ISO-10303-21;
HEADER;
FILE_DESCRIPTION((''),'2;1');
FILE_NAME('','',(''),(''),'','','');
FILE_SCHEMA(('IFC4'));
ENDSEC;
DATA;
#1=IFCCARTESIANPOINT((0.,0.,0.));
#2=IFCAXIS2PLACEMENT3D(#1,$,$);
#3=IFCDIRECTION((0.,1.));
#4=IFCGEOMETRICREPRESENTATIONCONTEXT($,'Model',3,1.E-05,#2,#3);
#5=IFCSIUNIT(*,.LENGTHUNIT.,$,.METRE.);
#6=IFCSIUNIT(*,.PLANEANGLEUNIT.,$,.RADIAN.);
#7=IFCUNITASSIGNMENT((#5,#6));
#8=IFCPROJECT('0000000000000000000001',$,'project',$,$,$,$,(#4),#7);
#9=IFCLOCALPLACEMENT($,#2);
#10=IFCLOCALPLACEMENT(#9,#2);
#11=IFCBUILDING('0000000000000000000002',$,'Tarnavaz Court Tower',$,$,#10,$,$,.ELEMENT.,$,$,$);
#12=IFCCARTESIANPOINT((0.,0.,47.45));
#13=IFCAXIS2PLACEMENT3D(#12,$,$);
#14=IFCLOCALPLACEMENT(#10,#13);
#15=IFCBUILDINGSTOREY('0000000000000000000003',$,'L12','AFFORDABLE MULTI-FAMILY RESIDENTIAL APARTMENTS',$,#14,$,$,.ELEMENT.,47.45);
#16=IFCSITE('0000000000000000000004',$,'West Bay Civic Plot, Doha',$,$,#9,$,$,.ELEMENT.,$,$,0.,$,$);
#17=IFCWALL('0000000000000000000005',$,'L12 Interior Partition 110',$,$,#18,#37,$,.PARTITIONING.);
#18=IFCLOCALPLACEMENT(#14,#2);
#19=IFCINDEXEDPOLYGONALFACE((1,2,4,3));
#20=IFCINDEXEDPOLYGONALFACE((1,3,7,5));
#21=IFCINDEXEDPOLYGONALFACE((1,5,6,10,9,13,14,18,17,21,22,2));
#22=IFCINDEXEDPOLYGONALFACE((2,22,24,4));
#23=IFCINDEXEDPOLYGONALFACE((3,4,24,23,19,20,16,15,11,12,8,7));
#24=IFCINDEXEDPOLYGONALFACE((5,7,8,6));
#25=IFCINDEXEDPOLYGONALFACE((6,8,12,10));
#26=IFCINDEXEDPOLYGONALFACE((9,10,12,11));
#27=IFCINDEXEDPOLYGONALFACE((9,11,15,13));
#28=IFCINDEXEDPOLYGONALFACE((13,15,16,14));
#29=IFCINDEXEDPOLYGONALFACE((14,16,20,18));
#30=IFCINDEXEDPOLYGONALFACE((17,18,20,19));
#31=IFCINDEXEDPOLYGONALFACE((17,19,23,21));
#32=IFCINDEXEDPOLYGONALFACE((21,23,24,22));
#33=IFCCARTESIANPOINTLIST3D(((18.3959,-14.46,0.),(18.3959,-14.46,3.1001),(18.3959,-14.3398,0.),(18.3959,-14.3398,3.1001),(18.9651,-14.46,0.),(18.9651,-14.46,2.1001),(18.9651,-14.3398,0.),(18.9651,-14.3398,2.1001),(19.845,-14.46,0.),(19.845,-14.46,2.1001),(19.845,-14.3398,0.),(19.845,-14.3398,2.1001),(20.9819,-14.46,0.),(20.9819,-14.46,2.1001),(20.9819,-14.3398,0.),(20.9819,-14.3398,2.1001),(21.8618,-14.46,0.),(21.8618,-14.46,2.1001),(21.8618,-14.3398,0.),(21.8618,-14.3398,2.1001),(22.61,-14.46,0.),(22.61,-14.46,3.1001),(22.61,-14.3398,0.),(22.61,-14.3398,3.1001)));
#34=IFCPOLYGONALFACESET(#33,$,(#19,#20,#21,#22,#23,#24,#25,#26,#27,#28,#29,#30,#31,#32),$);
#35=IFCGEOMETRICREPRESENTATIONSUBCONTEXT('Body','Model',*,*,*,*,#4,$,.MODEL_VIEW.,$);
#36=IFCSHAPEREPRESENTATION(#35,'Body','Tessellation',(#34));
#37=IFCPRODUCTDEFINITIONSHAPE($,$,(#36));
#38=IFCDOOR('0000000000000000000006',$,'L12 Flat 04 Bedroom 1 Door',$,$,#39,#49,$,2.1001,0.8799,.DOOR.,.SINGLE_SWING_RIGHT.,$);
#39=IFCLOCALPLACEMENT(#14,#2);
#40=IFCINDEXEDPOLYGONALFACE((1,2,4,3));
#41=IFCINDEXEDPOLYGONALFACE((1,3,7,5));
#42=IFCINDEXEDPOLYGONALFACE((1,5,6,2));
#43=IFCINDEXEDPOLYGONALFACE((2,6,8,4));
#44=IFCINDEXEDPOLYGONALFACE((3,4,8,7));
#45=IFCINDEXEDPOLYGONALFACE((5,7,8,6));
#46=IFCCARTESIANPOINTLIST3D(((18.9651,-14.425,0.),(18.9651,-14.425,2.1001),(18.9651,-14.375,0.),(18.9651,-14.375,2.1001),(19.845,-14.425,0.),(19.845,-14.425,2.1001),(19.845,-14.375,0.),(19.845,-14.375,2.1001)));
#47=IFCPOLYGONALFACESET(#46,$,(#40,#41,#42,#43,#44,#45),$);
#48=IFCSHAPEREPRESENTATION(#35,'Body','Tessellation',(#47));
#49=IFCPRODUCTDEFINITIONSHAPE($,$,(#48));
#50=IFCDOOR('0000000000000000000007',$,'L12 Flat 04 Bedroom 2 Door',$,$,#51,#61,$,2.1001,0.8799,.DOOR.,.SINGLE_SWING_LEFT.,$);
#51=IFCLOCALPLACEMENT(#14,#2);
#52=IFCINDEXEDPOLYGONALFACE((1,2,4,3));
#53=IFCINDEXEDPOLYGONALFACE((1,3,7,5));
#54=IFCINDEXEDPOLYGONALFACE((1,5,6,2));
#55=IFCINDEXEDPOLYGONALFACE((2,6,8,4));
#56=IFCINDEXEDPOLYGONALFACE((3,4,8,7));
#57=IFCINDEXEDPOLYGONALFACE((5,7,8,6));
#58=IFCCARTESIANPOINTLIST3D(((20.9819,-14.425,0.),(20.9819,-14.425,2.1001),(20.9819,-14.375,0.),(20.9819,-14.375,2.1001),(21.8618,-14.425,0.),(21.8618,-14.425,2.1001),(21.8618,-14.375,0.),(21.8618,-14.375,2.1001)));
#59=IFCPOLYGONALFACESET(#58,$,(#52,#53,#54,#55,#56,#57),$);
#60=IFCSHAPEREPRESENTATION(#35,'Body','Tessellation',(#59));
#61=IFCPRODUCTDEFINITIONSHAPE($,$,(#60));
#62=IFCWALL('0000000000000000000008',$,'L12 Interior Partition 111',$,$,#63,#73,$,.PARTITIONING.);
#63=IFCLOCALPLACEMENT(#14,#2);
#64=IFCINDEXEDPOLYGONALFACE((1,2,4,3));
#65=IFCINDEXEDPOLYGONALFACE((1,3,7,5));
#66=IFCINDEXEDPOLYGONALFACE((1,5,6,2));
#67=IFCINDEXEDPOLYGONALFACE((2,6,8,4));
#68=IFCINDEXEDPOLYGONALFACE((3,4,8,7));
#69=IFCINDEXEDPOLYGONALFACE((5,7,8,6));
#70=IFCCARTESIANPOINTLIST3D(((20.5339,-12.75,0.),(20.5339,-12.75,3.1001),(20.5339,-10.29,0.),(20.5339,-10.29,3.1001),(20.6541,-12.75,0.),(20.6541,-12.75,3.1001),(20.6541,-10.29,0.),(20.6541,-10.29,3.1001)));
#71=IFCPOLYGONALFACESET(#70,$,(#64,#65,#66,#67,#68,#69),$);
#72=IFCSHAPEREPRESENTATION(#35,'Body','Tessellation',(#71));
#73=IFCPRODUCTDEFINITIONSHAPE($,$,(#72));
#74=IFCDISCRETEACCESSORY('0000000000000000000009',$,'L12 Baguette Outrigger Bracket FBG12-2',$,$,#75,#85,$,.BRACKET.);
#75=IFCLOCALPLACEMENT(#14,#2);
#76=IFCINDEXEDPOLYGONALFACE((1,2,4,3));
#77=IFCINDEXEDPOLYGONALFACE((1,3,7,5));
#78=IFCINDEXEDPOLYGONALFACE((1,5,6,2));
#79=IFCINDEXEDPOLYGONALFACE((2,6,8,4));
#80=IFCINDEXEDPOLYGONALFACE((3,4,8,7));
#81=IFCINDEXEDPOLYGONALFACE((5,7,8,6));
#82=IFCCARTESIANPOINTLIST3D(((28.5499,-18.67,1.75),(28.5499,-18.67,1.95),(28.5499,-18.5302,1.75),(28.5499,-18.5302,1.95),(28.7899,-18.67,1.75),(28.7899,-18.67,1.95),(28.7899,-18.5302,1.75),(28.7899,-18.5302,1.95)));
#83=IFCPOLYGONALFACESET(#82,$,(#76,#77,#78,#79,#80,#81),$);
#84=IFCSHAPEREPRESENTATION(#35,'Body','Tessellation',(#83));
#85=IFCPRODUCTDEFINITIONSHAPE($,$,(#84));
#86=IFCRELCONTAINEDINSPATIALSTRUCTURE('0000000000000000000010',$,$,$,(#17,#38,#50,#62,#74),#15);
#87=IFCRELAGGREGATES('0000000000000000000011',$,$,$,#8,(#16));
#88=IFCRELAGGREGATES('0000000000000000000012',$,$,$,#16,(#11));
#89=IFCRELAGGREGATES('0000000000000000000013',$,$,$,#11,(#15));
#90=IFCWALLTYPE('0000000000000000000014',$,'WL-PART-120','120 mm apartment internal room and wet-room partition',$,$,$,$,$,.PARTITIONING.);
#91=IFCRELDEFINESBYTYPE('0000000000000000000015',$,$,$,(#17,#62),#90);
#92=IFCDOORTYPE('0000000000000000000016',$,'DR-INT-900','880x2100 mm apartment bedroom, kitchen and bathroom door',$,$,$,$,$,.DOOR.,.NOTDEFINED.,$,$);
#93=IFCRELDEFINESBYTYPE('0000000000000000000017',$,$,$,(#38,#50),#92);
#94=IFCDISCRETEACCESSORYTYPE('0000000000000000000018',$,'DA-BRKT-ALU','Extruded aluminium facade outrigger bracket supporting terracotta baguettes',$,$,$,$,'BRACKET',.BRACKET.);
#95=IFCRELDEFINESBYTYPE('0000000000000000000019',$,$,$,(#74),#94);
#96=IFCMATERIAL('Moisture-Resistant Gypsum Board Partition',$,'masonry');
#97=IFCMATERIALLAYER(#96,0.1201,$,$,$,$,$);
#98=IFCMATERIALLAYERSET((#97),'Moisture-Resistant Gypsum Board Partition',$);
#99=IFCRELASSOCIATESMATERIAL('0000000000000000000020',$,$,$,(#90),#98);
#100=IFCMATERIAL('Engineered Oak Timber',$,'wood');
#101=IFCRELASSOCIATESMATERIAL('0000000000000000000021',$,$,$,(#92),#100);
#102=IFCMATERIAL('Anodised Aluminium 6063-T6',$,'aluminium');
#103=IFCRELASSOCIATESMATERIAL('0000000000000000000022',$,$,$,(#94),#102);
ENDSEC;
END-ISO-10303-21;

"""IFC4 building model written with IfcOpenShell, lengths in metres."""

from ifc_helpers import new_model, si_unit, direction, frame, frame_2d, origin, origin_2d, place, context, subcontext, project, spatial, rectangle, extrude, material, layer, layer_set, type_object, element, fill, save


model = new_model("IFC4")

# Units and contexts
model_context = context("Model", 3, precision=1e-05, world=origin(), true_north=direction((0.0, 1.0)))
body_context = subcontext(model_context, "Body", "Model", "MODEL_VIEW")
ifc_project = project(units=[si_unit("LENGTHUNIT", "METRE"), si_unit("PLANEANGLEUNIT", "RADIAN")], contexts=[model_context])

# Site, building, storey
site_placement = place(None, origin())
site = spatial("IfcSite", under=ifc_project, at=site_placement, Name="West Bay Civic Plot, Doha", CompositionType="ELEMENT", RefElevation=0.0)
building_placement = place(site_placement, origin())
building = spatial("IfcBuilding", under=site, at=building_placement, Name="Tarnavaz Court Tower", CompositionType="ELEMENT")
storey_placement = place(building_placement, frame((0.0, 0.0, 47.45)))
storey = spatial("IfcBuildingStorey", under=building, at=storey_placement, Name="L12", Description="AFFORDABLE MULTI-FAMILY RESIDENTIAL APARTMENTS", CompositionType="ELEMENT", Elevation=47.45)

# Shared definitions
ifc_material_1 = material(Name="Engineered Oak Timber", Category="wood")
ifc_material_2 = material(Name="Moisture-Resistant Gypsum Board Partition", Category="masonry")
ifc_layer_1 = layer(ifc_material_2, 0.1201)
ifc_layer_set_1 = layer_set([ifc_layer_1], Name="Moisture-Resistant Gypsum Board Partition")
wall_type_1 = type_object("IfcWallType", Name="WL-PART-120", Description="120 mm apartment internal room and wet-room partition", PredefinedType="PARTITIONING", material=ifc_layer_set_1)
door_type_1 = type_object("IfcDoorType", Name="DR-INT-900", Description="880x2100 mm apartment bedroom, kitchen and bathroom door", OperationType="NOTDEFINED", PredefinedType="DOOR", material=ifc_material_1)

# Wall, openings, doors
wall_1_placement = place(storey_placement, frame((18.396, -14.3999, 0.0), z_axis=(0.0, 0.0, 1.0), x_axis=(1.0, 0.0, 0.0)))
wall_1 = element("IfcWall", 1, at=wall_1_placement, inside=storey, type_object=wall_type_1, Name="L12 Interior Partition 110", PredefinedType="PARTITIONING", context=body_context, shape_type="SweptSolid", body=[
    extrude(rectangle(XDim=4.2141, YDim=0.1201, at=frame_2d((2.1069, 0.0))), origin(), (0.0, 0.0, 1.0), 3.1001),
])
opening_1_placement = place(wall_1_placement, frame((0.5691, 0.0, 0.0)))
opening_1 = element("IfcOpeningElement", 2, at=opening_1_placement, cuts=wall_1, PredefinedType="OPENING", context=body_context, shape_type="SweptSolid", body=[
    extrude(rectangle(XDim=0.8799, YDim=2.1001, at=frame_2d((0.4399, 1.05))), frame((0.0, 0.0701, 0.0), z_axis=(0.0, -1.0, 0.0), x_axis=(1.0, 0.0, 0.0)), (0.0, 0.0, 1.0), 0.1401),
])
opening_2_placement = place(wall_1_placement, frame((2.5859, 0.0, 0.0)))
opening_2 = element("IfcOpeningElement", 3, at=opening_2_placement, cuts=wall_1, PredefinedType="OPENING", context=body_context, shape_type="SweptSolid", body=[
    extrude(rectangle(XDim=0.8799, YDim=2.1001, at=frame_2d((0.4399, 1.05))), frame((0.0, 0.0701, 0.0), z_axis=(0.0, -1.0, 0.0), x_axis=(1.0, 0.0, 0.0)), (0.0, 0.0, 1.0), 0.1401),
])
door_1_placement = place(opening_1_placement, origin())
door_1 = element("IfcDoor", 4, at=door_1_placement, inside=storey, type_object=door_type_1, Name="L12 Flat 04 Bedroom 1 Door", OperationType="SINGLE_SWING_RIGHT", OverallHeight=2.1001, OverallWidth=0.8799, PredefinedType="DOOR", context=body_context, shape_type="SweptSolid", body=[
    extrude(rectangle(XDim=0.8799, YDim=2.1001, at=frame_2d((0.4399, 1.05))), frame((0.0, 0.0249, 0.0), z_axis=(0.0, -1.0, 0.0), x_axis=(1.0, 0.0, 0.0)), (0.0, 0.0, 1.0), 0.05),
])
fill(opening_1, door_1)
door_2_placement = place(opening_2_placement, origin())
door_2 = element("IfcDoor", 5, at=door_2_placement, inside=storey, type_object=door_type_1, Name="L12 Flat 04 Bedroom 2 Door", OperationType="SINGLE_SWING_LEFT", OverallHeight=2.1001, OverallWidth=0.8799, PredefinedType="DOOR", context=body_context, shape_type="SweptSolid", body=[
    extrude(rectangle(XDim=0.8799, YDim=2.1001, at=frame_2d((0.4399, 1.05))), frame((0.0, 0.0249, 0.0), z_axis=(0.0, -1.0, 0.0), x_axis=(1.0, 0.0, 0.0)), (0.0, 0.0, 1.0), 0.05),
])
fill(opening_2, door_2)

# Wall
wall_2_placement = place(storey_placement, frame((20.594, -12.75, 0.0), z_axis=(0.0, 0.0, 1.0), x_axis=(0.0, 1.0, 0.0)))
element("IfcWall", 6, at=wall_2_placement, inside=storey, type_object=wall_type_1, Name="L12 Interior Partition 111", PredefinedType="PARTITIONING", context=body_context, shape_type="SweptSolid", body=[
    extrude(rectangle(XDim=2.46, YDim=0.1201, at=frame_2d((1.23, 0.0))), origin(), (0.0, 0.0, 1.0), 3.1001),
])

# Discrete accessory
ifc_material_3 = material(Name="Anodised Aluminium 6063-T6", Category="aluminium")
discrete_accessory_type = type_object("IfcDiscreteAccessoryType", Name="DA-BRKT-ALU", Description="Extruded aluminium facade outrigger bracket supporting terracotta baguettes", ElementType="BRACKET", PredefinedType="BRACKET", material=ifc_material_3)
discrete_accessory_placement = place(storey_placement, frame((28.6699, -18.6001, 1.75), z_axis=(0.0, 0.0, 1.0), x_axis=(0.0, -1.0, 0.0)))
element("IfcDiscreteAccessory", 7, at=discrete_accessory_placement, inside=storey, type_object=discrete_accessory_type, Name="L12 Baguette Outrigger Bracket FBG12-2", PredefinedType="BRACKET", context=body_context, shape_type="SweptSolid", body=[
    extrude(rectangle(XDim=0.1399, YDim=0.24, at=origin_2d()), origin(), (0.0, 0.0, 1.0), 0.2),
])

save(model, "model.ifc")
